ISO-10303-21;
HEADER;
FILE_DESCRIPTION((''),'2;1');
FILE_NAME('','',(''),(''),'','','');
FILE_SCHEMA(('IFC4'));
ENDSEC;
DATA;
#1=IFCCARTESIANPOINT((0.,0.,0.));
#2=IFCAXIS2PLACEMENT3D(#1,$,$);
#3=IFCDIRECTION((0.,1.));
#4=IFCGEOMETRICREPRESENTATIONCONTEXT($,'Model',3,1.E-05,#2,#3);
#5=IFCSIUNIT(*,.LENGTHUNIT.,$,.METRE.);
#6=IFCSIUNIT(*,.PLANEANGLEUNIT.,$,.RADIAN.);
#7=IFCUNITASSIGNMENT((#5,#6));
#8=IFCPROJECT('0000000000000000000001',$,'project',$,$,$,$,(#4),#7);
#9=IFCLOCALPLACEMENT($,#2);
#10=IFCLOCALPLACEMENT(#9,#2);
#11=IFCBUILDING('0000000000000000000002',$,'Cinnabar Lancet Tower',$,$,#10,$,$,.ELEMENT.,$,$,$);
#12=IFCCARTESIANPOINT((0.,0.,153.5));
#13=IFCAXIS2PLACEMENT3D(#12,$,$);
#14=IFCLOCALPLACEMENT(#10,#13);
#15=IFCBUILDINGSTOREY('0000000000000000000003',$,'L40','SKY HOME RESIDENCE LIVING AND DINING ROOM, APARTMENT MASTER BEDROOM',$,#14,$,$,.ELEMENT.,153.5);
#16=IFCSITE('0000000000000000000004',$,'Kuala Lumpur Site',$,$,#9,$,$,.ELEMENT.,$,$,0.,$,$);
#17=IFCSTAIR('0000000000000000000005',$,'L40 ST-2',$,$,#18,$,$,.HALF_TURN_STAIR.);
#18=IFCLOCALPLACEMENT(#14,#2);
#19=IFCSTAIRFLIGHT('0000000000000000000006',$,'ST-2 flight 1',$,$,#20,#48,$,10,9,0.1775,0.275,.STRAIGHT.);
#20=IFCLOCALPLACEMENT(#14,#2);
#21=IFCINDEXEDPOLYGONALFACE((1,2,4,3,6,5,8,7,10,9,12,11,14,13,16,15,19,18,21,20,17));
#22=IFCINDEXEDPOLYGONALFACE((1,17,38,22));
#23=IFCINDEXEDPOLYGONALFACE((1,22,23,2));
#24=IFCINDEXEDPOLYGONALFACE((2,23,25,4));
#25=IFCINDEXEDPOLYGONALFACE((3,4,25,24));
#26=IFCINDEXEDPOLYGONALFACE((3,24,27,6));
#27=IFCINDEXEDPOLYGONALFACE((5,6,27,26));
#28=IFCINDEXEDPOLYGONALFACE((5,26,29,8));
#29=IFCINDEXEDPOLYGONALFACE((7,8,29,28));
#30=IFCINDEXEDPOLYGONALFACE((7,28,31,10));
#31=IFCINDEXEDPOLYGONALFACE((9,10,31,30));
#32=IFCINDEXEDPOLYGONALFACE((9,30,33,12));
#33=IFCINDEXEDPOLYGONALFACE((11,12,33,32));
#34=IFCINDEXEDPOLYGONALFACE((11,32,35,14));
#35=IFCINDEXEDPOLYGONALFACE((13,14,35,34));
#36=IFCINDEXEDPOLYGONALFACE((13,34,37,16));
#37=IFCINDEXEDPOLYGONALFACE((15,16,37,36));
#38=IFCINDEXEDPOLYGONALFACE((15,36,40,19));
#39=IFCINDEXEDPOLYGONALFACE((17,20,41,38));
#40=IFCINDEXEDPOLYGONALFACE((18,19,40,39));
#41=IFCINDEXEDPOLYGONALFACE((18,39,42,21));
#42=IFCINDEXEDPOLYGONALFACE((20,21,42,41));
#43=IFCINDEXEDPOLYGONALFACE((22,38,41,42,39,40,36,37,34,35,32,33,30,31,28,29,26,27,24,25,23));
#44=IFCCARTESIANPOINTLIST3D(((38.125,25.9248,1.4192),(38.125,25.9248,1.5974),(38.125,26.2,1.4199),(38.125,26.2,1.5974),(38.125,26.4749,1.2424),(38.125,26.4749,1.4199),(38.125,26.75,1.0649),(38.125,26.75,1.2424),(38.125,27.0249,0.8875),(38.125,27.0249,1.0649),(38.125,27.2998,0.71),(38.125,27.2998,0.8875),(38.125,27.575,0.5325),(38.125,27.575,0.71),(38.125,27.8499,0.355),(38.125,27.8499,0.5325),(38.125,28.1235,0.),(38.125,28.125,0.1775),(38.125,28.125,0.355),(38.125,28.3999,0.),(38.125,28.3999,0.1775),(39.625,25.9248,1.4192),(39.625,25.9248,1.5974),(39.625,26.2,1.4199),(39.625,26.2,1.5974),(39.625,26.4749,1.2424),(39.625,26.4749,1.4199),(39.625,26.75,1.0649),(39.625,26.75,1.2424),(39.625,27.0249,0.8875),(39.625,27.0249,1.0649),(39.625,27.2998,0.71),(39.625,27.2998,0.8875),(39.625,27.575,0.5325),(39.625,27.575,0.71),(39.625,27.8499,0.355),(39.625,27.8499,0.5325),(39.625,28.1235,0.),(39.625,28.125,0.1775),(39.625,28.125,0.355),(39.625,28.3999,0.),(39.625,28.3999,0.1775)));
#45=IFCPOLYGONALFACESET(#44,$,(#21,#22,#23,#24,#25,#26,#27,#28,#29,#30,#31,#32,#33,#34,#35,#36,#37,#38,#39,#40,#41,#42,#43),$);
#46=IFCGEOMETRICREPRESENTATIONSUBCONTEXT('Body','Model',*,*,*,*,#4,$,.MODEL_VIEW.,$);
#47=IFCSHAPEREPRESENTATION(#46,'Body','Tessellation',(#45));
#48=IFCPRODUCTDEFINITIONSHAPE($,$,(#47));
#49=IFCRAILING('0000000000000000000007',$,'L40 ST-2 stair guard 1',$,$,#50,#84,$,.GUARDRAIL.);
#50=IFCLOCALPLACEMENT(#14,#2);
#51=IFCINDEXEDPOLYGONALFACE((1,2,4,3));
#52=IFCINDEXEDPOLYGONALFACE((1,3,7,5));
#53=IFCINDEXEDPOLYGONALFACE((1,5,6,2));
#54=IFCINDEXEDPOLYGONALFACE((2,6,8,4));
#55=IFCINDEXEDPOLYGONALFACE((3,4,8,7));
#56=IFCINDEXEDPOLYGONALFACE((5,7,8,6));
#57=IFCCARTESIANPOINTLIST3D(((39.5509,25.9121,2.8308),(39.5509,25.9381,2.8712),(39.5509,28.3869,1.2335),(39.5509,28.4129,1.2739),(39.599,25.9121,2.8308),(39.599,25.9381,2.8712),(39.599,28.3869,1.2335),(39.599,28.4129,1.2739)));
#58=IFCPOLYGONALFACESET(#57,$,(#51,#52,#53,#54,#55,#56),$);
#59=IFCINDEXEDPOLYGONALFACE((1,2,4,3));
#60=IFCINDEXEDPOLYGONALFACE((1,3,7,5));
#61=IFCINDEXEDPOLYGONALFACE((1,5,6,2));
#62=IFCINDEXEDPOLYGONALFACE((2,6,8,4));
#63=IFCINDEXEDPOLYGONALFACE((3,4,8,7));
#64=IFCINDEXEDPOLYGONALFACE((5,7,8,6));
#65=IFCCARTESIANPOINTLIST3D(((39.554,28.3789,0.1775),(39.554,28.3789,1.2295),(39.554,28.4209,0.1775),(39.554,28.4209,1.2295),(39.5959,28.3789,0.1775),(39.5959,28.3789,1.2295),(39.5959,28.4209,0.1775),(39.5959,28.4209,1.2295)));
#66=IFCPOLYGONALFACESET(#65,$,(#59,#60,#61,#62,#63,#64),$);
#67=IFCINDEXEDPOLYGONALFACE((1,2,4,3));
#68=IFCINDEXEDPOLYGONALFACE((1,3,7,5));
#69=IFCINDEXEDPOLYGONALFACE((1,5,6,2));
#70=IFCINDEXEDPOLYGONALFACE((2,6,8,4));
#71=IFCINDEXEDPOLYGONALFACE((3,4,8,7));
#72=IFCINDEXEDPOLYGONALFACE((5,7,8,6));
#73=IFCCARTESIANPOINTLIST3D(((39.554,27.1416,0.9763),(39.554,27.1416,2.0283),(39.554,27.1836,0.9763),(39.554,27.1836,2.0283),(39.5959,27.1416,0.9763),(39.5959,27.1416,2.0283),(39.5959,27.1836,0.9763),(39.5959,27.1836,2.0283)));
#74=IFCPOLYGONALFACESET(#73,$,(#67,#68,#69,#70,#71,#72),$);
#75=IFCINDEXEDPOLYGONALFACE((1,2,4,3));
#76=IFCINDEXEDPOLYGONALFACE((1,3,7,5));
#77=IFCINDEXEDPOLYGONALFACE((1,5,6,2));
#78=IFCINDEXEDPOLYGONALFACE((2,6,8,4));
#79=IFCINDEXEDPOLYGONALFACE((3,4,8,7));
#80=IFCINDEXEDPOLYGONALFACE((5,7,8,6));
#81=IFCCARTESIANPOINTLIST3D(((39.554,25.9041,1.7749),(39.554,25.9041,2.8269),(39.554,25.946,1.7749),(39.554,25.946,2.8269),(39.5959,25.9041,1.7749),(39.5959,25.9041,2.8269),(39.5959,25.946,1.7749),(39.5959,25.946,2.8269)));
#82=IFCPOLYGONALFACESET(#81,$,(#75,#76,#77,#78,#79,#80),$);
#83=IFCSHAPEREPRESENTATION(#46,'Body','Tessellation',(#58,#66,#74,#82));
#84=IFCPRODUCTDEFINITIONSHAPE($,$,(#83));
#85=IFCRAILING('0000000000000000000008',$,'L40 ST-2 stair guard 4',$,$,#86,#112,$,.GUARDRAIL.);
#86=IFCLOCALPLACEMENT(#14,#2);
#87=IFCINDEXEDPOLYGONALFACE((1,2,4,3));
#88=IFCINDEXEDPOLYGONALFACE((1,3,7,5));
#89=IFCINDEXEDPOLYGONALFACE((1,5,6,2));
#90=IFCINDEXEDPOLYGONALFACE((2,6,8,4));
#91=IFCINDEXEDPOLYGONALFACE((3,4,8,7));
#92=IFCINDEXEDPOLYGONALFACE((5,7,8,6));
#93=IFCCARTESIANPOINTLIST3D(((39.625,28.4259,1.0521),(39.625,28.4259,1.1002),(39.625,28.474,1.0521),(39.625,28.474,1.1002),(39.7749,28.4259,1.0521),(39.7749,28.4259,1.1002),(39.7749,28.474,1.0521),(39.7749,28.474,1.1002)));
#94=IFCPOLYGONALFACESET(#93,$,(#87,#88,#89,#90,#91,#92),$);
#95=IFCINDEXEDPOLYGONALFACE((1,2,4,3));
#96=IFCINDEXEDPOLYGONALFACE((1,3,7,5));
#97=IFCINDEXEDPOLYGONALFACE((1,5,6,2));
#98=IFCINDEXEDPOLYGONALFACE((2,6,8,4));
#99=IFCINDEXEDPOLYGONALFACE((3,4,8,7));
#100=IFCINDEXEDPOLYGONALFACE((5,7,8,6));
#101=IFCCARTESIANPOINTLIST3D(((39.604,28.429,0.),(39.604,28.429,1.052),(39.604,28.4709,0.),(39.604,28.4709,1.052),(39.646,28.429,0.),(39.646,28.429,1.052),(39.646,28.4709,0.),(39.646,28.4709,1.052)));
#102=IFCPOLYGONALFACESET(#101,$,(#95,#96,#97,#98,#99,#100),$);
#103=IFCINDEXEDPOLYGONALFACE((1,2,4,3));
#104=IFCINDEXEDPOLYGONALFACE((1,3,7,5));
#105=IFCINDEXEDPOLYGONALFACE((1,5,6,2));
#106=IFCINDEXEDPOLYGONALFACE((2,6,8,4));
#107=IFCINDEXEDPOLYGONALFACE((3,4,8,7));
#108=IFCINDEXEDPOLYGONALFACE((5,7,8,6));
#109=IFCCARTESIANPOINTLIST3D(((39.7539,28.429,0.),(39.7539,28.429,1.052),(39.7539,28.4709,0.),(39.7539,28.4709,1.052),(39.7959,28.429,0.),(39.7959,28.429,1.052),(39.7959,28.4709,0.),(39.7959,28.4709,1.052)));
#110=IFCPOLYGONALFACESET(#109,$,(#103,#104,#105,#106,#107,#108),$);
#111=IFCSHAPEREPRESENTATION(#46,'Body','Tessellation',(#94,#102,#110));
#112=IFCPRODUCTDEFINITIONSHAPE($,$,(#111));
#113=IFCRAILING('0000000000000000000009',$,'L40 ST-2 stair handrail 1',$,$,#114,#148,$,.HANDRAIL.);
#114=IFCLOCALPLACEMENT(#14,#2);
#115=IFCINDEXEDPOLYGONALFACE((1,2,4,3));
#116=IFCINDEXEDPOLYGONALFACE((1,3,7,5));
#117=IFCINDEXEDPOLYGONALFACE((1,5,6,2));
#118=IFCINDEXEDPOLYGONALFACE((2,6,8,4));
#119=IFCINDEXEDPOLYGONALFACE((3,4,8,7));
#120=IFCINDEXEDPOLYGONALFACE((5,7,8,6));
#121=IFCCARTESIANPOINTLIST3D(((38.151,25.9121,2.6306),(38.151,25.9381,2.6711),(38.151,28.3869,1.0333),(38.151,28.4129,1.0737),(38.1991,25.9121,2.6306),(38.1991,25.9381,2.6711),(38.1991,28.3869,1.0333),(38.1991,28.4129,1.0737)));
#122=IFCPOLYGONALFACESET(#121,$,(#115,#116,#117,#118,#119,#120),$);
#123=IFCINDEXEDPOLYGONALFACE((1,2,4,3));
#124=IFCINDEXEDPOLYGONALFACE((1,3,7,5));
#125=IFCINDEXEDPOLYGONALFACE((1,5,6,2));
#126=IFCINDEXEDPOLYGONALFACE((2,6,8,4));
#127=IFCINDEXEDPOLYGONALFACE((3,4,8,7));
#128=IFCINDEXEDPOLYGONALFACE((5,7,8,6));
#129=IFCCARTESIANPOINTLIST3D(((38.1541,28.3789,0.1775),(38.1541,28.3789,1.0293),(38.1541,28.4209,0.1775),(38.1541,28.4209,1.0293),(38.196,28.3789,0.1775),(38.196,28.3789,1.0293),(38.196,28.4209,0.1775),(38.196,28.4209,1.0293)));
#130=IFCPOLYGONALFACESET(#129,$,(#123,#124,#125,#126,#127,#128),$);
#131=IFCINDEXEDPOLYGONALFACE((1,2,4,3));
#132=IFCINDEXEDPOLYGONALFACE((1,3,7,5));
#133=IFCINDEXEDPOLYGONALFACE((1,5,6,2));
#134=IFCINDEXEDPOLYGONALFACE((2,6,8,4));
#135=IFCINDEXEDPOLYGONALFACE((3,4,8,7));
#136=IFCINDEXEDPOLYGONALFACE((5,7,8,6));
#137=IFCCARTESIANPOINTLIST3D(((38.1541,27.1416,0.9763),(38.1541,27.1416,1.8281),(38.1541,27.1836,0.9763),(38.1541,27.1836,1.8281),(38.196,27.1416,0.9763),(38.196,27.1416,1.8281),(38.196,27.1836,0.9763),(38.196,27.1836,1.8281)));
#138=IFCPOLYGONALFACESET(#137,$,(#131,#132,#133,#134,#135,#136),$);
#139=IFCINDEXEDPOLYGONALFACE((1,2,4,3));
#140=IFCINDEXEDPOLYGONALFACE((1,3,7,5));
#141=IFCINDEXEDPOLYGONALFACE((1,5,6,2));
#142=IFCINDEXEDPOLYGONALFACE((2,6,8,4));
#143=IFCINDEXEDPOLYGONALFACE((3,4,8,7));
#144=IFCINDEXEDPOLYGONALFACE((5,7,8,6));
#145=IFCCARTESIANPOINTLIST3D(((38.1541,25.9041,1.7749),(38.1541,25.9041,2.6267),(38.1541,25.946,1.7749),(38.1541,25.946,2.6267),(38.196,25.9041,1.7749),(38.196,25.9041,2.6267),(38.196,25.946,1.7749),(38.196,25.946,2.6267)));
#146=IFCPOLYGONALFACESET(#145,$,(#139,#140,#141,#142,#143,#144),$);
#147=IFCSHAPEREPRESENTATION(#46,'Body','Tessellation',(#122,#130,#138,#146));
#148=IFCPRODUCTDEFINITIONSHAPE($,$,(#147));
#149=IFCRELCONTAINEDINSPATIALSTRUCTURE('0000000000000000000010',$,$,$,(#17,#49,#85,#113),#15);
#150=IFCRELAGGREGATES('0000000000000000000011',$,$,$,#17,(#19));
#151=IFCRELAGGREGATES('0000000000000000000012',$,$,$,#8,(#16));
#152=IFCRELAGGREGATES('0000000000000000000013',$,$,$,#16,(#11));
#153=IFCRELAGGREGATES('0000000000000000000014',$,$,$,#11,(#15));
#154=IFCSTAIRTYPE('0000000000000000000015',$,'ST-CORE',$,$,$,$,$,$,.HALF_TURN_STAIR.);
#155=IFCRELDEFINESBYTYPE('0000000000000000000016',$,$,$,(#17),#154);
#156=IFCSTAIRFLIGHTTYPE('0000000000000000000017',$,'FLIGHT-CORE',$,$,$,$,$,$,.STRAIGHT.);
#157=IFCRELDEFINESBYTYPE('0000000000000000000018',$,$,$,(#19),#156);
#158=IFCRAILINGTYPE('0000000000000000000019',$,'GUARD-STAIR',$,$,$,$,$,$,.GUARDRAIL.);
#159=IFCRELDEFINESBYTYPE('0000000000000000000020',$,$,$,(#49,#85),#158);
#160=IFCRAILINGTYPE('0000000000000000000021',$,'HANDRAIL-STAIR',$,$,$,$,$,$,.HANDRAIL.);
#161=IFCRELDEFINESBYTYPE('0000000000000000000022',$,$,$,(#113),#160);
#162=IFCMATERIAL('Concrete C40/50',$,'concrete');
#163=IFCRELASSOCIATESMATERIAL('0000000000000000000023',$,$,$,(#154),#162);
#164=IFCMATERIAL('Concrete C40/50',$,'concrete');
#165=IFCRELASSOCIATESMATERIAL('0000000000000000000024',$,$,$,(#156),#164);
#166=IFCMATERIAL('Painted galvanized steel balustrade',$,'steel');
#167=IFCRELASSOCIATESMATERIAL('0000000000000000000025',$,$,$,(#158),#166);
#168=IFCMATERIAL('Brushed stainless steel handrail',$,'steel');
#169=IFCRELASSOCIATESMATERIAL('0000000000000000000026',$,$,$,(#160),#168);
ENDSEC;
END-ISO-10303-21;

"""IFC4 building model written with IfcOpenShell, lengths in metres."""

from ifc_helpers import new_model, si_unit, direction, frame, origin, origin_2d, place, context, subcontext, project, spatial, polyline, rectangle, outline, extrude, material, type_object, element, aggregate, save


model = new_model("IFC4")

# Units and contexts
model_context = context("Model", 3, precision=1e-05, world=origin(), true_north=direction((0.0, 1.0)))
body_context = subcontext(model_context, "Body", "Model", "MODEL_VIEW")
ifc_project = project(units=[si_unit("LENGTHUNIT", "METRE"), si_unit("PLANEANGLEUNIT", "RADIAN")], contexts=[model_context])

# Site, building, storey
site_placement = place(None, origin())
site = spatial("IfcSite", under=ifc_project, at=site_placement, Name="Kuala Lumpur Site", CompositionType="ELEMENT", RefElevation=0.0)
building_placement = place(site_placement, origin())
building = spatial("IfcBuilding", under=site, at=building_placement, Name="Cinnabar Lancet Tower", CompositionType="ELEMENT")
storey_placement = place(building_placement, frame((0.0, 0.0, 153.5)))
storey = spatial("IfcBuildingStorey", under=building, at=storey_placement, Name="L40", Description="SKY HOME RESIDENCE LIVING AND DINING ROOM, APARTMENT MASTER BEDROOM", CompositionType="ELEMENT", Elevation=153.5)

# Stair, stair flight
ifc_material_1 = material(Name="Concrete C40/50", Category="concrete")
stair_type = type_object("IfcStairType", Name="ST-CORE", PredefinedType="HALF_TURN_STAIR", material=ifc_material_1)
stair_placement = place(storey_placement, origin())
stair = element("IfcStair", 1, at=stair_placement, inside=storey, type_object=stair_type, Name="L40 ST-2", PredefinedType="HALF_TURN_STAIR")
ifc_material_2 = material(Name="Concrete C40/50", Category="concrete")
stair_flight_type = type_object("IfcStairFlightType", Name="FLIGHT-CORE", PredefinedType="STRAIGHT", material=ifc_material_2)
stair_flight_placement = place(storey_placement, frame((38.875, 28.3999, 0.0), z_axis=(0.0, 0.0, 1.0), x_axis=(0.0, -1.0, 0.0)))
stair_flight = element("IfcStairFlight", 2, at=stair_flight_placement, type_object=stair_flight_type, Name="ST-2 flight 1", NumberOfRisers=10, NumberOfTreads=9, PredefinedType="STRAIGHT", RiserHeight=0.1775, TreadLength=0.275, context=body_context, shape_type="SweptSolid", body=[
    extrude(outline(polyline([(0.0, 0.0), (0.0, 0.1775), (0.2749, 0.1775), (0.2749, 0.355), (0.55, 0.355), (0.55, 0.5325), (0.825, 0.5325), (0.825, 0.71), (1.1001, 0.71), (1.1001, 0.8875), (1.375, 0.8875), (1.375, 1.0649), (1.6499, 1.0649), (1.6499, 1.2424), (1.925, 1.2424), (1.925, 1.4199), (2.2, 1.4199), (2.2, 1.5974), (2.4751, 1.5974), (2.4751, 1.7749), (2.4751, 1.4192), (0.2764, 0.0), (0.0, 0.0)])), frame((0.0, 0.75, 0.0), z_axis=(0.0, -1.0, 0.0), x_axis=(1.0, 0.0, 0.0)), (0.0, 0.0, 1.0), 1.5),
])
aggregate(stair, [stair_flight])

# Railings
ifc_material_3 = material(Name="Painted galvanized steel balustrade", Category="steel")
railing_type_1 = type_object("IfcRailingType", Name="GUARD-STAIR", PredefinedType="GUARDRAIL", material=ifc_material_3)
railing_1_placement = place(storey_placement, frame((39.575, 28.3999, 0.1775)))
element("IfcRailing", 3, at=railing_1_placement, inside=storey, type_object=railing_type_1, Name="L40 ST-2 stair guard 1", PredefinedType="GUARDRAIL", context=body_context, shape_type="SweptSolid", body=[
    extrude(rectangle(XDim=0.0481, YDim=0.0481, at=origin_2d()), frame((0.0, 0.0, 1.0762), z_axis=(0.0, -0.840183, 0.542302), x_axis=(1.0, 0.0, 0.0)), (0.0, 0.0, 1.0), 2.9456),
    extrude(rectangle(XDim=0.042, YDim=0.042, at=origin_2d()), origin(), (0.0, 0.0, 1.0), 1.052),
    extrude(rectangle(XDim=0.042, YDim=0.042, at=origin_2d()), frame((0.0, -1.2373, 0.7988)), (0.0, 0.0, 1.0), 1.052),
    extrude(rectangle(XDim=0.042, YDim=0.042, at=origin_2d()), frame((0.0, -2.4749, 1.5974)), (0.0, 0.0, 1.0), 1.052),
])
railing_2_placement = place(storey_placement, frame((39.625, 28.45, 0.0)))
element("IfcRailing", 4, at=railing_2_placement, inside=storey, type_object=railing_type_1, Name="L40 ST-2 stair guard 4", PredefinedType="GUARDRAIL", context=body_context, shape_type="SweptSolid", body=[
    extrude(rectangle(XDim=0.0481, YDim=0.0481, at=origin_2d()), frame((0.0, 0.0, 1.0762), z_axis=(1.0, 0.0, 0.0), x_axis=(0.0, 1.0, 0.0)), (0.0, 0.0, 1.0), 0.1499),
    extrude(rectangle(XDim=0.042, YDim=0.042, at=origin_2d()), origin(), (0.0, 0.0, 1.0), 1.052),
    extrude(rectangle(XDim=0.042, YDim=0.042, at=origin_2d()), frame((0.1499, 0.0, 0.0)), (0.0, 0.0, 1.0), 1.052),
])
ifc_material_4 = material(Name="Brushed stainless steel handrail", Category="steel")
railing_type_2 = type_object("IfcRailingType", Name="HANDRAIL-STAIR", PredefinedType="HANDRAIL", material=ifc_material_4)
railing_3_placement = place(storey_placement, frame((38.175, 28.3999, 0.1775)))
element("IfcRailing", 5, at=railing_3_placement, inside=storey, type_object=railing_type_2, Name="L40 ST-2 stair handrail 1", PredefinedType="HANDRAIL", context=body_context, shape_type="SweptSolid", body=[
    extrude(rectangle(XDim=0.0481, YDim=0.0481, at=origin_2d()), frame((0.0, 0.0, 0.876), z_axis=(0.0, -0.840183, 0.542302), x_axis=(1.0, 0.0, 0.0)), (0.0, 0.0, 1.0), 2.9456),
    extrude(rectangle(XDim=0.042, YDim=0.042, at=origin_2d()), origin(), (0.0, 0.0, 1.0), 0.8518),
    extrude(rectangle(XDim=0.042, YDim=0.042, at=origin_2d()), frame((0.0, -1.2373, 0.7988)), (0.0, 0.0, 1.0), 0.8518),
    extrude(rectangle(XDim=0.042, YDim=0.042, at=origin_2d()), frame((0.0, -2.4749, 1.5974)), (0.0, 0.0, 1.0), 0.8518),
])

save(model, "model.ifc")
